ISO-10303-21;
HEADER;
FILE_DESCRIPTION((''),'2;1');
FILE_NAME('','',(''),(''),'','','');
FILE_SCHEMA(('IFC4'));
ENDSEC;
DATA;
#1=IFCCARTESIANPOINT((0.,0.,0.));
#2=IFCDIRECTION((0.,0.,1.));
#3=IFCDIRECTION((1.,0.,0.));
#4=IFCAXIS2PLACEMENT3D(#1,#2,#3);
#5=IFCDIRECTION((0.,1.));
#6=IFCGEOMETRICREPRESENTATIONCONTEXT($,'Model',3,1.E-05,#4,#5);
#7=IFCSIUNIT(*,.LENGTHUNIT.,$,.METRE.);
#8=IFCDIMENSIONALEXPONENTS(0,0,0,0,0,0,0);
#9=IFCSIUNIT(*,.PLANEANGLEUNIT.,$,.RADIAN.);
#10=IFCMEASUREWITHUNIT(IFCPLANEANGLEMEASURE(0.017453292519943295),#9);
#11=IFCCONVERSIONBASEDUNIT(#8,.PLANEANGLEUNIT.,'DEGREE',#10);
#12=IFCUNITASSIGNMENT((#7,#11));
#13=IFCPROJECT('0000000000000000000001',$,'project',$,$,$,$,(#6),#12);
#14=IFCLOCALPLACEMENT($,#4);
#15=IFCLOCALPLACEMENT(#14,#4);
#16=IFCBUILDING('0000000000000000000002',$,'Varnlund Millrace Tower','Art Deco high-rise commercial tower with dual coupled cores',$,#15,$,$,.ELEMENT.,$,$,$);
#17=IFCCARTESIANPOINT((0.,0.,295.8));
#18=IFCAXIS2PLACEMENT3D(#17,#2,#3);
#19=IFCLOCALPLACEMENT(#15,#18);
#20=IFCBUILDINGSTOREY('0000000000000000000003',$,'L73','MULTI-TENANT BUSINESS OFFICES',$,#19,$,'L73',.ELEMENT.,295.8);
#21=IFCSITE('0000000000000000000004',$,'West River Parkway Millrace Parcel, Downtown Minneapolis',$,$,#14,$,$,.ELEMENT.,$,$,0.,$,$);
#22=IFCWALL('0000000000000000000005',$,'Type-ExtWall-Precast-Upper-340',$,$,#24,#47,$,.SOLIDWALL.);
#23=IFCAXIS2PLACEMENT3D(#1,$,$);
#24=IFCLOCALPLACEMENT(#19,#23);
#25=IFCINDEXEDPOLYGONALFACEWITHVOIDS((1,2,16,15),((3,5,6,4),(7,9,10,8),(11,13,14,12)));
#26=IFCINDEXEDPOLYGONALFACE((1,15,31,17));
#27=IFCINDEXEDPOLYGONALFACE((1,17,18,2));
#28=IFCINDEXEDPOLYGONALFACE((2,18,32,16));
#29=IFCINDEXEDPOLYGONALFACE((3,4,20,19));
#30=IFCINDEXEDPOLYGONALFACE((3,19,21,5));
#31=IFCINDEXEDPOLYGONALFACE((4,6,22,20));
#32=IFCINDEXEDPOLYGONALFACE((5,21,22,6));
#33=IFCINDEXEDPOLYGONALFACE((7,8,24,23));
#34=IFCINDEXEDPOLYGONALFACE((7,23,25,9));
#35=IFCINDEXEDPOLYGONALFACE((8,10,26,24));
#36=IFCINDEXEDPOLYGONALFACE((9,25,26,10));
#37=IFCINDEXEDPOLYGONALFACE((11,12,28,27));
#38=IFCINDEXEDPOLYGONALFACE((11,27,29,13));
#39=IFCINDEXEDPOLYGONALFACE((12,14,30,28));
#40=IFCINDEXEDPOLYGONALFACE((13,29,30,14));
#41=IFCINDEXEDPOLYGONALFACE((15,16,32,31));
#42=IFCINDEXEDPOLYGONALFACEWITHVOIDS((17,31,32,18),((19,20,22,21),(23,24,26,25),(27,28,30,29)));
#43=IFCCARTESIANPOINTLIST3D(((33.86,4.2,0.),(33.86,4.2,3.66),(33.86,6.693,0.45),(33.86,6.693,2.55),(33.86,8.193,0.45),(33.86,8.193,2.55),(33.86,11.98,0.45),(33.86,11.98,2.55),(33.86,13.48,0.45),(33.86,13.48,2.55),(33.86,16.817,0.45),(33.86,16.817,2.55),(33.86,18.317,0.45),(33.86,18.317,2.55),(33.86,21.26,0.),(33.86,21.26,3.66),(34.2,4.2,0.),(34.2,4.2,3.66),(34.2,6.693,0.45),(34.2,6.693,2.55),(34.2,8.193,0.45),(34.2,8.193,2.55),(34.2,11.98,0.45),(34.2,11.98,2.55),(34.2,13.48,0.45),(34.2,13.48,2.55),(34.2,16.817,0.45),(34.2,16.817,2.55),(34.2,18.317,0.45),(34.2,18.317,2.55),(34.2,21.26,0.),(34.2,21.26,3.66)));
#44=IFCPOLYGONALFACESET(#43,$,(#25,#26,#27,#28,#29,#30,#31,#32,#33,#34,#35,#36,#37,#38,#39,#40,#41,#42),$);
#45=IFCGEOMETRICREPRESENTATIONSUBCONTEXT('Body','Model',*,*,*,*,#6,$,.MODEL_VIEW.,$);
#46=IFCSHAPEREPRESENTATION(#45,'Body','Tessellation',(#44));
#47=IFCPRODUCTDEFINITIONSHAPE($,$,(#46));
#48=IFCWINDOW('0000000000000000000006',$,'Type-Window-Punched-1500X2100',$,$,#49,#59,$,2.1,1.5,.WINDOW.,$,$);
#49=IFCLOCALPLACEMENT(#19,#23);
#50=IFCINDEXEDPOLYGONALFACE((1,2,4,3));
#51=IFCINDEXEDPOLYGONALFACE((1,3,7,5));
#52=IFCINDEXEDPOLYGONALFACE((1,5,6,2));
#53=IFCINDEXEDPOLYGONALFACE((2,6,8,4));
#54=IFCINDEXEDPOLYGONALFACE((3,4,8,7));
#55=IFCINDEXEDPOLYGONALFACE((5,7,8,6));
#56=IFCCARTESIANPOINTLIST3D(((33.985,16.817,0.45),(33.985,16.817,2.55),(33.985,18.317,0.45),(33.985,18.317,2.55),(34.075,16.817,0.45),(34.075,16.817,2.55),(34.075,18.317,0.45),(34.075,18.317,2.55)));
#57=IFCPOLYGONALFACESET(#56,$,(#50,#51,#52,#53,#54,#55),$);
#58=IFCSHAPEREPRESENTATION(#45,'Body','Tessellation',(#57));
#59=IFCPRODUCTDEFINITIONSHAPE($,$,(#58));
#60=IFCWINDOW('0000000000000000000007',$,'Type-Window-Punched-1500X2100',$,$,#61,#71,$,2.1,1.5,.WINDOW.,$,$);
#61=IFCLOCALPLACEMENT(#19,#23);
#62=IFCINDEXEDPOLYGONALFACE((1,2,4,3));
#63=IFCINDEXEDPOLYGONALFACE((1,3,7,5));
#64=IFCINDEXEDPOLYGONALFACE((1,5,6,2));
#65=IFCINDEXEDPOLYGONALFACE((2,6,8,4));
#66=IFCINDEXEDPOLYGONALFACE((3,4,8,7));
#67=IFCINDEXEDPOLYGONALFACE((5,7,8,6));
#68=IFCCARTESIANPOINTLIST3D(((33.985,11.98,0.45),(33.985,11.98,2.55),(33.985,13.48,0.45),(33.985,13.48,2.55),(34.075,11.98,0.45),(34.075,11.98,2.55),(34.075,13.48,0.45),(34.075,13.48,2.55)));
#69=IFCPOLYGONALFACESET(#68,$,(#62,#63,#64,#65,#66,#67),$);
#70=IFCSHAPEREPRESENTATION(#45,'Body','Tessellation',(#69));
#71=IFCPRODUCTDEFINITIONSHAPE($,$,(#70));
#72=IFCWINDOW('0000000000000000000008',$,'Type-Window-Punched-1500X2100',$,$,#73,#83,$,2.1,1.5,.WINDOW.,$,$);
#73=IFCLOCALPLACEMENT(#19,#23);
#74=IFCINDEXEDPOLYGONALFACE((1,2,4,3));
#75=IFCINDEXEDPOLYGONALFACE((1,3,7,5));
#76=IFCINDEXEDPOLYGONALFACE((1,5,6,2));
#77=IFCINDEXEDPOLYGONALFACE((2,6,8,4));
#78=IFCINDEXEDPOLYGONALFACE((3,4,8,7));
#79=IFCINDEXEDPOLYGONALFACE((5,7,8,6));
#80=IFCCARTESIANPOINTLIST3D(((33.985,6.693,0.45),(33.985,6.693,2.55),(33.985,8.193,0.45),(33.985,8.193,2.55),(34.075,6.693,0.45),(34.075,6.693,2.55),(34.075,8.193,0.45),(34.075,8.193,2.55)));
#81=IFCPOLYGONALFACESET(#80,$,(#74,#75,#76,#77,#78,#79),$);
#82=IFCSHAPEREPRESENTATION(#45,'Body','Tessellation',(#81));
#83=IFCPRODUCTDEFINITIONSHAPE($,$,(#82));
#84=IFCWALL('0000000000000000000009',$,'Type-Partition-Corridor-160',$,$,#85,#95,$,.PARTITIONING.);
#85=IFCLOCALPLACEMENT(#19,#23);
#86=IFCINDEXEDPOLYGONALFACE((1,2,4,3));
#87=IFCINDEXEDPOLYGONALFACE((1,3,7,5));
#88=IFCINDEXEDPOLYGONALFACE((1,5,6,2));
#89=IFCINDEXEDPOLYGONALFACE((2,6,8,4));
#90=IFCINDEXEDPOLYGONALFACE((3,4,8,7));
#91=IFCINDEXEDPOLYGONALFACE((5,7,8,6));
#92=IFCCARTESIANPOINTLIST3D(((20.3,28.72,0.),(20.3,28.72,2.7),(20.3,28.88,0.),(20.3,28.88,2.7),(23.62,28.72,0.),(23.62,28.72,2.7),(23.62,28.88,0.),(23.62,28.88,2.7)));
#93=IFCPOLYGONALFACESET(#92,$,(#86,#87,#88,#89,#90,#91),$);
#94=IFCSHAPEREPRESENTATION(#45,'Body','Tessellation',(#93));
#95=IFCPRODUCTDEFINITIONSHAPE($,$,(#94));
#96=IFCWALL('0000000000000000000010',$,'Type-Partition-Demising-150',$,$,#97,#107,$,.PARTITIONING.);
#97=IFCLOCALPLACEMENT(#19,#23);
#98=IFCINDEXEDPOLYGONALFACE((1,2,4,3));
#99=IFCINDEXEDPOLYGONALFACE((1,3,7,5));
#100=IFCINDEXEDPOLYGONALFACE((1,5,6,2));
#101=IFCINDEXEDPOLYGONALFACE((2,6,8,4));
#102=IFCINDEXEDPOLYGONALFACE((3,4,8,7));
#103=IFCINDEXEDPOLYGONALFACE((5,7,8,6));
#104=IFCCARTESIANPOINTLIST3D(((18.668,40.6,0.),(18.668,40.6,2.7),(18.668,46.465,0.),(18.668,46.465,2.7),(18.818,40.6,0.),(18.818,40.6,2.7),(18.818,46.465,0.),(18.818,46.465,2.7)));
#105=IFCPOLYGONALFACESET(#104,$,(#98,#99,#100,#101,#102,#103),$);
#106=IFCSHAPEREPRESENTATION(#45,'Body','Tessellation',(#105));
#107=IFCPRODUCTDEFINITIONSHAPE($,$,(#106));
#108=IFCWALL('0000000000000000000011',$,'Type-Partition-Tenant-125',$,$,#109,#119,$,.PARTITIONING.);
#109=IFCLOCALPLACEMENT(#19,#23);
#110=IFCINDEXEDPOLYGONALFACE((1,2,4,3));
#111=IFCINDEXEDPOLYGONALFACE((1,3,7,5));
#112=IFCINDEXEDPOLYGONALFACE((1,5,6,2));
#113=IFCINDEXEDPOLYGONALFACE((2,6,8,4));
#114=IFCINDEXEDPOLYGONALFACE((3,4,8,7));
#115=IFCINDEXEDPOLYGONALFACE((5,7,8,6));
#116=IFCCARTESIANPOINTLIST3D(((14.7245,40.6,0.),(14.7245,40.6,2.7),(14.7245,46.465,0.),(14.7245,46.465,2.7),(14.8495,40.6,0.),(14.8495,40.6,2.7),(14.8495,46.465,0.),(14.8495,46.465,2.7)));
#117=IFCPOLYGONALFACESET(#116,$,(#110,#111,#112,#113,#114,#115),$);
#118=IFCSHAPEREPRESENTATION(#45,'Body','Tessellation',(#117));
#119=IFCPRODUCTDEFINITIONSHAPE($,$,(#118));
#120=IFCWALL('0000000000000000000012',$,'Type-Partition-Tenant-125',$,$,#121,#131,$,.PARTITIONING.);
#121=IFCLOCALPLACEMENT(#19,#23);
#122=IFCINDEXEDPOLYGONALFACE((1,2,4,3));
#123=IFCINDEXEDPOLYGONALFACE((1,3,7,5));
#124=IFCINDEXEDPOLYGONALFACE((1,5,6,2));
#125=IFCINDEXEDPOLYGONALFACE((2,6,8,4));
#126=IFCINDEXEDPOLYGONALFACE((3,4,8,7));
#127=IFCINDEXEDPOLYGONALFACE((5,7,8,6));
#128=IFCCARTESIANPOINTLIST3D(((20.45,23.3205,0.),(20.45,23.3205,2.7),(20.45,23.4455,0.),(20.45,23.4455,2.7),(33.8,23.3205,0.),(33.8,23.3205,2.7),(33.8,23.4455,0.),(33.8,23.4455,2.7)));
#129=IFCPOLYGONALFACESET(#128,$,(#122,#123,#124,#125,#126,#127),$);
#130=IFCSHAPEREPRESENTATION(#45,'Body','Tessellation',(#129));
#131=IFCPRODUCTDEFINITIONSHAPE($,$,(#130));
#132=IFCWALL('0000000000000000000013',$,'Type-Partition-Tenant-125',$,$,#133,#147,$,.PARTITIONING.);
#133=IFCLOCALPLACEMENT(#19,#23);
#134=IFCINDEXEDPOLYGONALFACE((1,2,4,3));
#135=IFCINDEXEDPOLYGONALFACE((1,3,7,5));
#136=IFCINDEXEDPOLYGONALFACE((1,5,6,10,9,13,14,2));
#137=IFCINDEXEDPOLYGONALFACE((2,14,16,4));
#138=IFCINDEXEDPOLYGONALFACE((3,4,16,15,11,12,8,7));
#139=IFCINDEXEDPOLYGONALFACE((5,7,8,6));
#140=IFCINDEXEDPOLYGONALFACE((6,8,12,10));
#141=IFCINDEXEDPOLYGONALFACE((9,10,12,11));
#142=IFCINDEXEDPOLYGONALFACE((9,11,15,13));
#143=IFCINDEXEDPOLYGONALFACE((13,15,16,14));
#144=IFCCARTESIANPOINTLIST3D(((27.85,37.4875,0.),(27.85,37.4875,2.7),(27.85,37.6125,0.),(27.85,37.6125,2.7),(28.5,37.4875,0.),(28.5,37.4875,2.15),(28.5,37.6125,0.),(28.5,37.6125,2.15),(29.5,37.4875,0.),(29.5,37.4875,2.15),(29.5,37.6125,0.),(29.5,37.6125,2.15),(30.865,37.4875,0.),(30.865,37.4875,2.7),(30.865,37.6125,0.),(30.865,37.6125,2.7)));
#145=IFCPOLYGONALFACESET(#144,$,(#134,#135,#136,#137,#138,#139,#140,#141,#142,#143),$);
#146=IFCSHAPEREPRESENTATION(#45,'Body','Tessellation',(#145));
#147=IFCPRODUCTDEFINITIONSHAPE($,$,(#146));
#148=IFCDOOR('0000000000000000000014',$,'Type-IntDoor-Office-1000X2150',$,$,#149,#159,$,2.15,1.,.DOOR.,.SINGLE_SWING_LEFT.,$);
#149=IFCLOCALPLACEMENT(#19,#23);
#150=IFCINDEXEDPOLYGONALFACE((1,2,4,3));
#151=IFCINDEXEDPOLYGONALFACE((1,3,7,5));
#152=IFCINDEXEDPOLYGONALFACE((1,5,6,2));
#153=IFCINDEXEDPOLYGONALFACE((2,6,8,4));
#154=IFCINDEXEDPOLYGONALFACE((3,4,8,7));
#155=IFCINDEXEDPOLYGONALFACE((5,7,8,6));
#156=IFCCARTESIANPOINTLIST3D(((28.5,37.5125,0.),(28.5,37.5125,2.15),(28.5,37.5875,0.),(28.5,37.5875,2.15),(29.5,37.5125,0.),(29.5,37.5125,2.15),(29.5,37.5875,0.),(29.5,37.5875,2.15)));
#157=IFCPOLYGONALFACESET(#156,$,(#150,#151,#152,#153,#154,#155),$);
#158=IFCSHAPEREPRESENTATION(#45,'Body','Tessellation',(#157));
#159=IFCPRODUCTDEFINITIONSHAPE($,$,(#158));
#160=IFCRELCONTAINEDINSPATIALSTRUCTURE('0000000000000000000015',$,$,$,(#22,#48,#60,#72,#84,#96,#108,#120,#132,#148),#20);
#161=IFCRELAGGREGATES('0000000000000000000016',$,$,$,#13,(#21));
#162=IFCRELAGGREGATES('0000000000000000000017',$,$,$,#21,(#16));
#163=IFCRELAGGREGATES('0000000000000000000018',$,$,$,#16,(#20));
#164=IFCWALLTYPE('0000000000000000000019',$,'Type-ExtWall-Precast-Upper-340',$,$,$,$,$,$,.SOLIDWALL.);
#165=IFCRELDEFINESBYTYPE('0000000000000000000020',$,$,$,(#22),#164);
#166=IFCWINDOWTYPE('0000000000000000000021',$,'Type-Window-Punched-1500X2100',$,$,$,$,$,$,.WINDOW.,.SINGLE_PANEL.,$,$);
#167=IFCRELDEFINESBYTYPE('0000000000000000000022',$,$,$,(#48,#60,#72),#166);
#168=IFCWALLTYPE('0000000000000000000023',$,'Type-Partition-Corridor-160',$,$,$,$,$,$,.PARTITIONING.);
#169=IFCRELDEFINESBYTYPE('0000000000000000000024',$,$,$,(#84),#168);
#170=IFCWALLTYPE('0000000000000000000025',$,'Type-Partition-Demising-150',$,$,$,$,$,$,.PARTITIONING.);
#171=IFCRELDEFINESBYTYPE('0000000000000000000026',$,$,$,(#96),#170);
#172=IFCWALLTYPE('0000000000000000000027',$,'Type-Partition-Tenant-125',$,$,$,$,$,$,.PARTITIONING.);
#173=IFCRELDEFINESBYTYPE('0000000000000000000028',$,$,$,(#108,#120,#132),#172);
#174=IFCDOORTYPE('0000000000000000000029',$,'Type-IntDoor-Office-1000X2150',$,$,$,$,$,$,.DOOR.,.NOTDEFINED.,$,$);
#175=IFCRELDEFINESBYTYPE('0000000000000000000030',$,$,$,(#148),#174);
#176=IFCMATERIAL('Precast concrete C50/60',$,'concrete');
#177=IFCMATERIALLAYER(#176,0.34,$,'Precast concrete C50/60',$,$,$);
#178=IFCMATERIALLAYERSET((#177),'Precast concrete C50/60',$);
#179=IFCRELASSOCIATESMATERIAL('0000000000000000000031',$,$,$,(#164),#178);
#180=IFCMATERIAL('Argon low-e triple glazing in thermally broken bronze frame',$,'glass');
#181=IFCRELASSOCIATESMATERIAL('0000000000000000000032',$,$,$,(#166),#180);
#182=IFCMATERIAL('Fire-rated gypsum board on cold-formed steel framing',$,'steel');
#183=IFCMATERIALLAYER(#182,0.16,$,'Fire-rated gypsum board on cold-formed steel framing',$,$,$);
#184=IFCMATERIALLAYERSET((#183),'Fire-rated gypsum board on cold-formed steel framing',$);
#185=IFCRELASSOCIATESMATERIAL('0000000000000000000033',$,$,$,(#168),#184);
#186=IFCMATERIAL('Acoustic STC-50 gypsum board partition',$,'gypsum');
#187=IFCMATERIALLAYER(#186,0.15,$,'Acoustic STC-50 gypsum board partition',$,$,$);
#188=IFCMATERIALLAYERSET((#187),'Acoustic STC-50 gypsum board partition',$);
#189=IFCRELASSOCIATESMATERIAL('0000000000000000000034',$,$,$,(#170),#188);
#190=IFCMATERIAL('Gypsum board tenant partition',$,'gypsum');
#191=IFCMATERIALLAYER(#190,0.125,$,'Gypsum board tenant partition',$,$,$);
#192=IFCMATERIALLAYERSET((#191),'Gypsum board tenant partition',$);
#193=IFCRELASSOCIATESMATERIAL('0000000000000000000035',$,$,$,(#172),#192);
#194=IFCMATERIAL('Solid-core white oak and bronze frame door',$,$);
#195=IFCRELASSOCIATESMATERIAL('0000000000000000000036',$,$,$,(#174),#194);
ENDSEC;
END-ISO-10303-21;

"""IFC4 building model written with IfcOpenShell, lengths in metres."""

from ifc_helpers import new_model, entity, si_unit, converted_unit, direction, frame, origin_with_axes, origin_2d_with_axis, place, context, subcontext, project, spatial, polyline, rectangle, outline, extrude, material, layer, layer_set, type_object, element, fill, save


model = new_model("IFC4")

# Units and contexts
model_context = context("Model", 3, precision=1e-05, world=origin_with_axes(), true_north=direction((0.0, 1.0)))
body_context = subcontext(model_context, "Body", "Model", "MODEL_VIEW")
ifc_project = project(units=[si_unit("LENGTHUNIT", "METRE"), converted_unit("PLANEANGLEUNIT", "DEGREE", entity("IfcPlaneAngleMeasure", 0.017453292519943295), si_unit("PLANEANGLEUNIT", "RADIAN"), dimensions=[0, 0, 0, 0, 0, 0, 0])], contexts=[model_context])

# Site, building, storey
site_placement = place(None, origin_with_axes())
site = spatial("IfcSite", under=ifc_project, at=site_placement, Name="West River Parkway Millrace Parcel, Downtown Minneapolis", CompositionType="ELEMENT", RefElevation=0.0)
building_placement = place(site_placement, origin_with_axes())
building = spatial("IfcBuilding", under=site, at=building_placement, Name="Varnlund Millrace Tower", Description="Art Deco high-rise commercial tower with dual coupled cores", CompositionType="ELEMENT")
storey_placement = place(building_placement, frame((0.0, 0.0, 295.8), z_axis=(0.0, 0.0, 1.0), x_axis=(1.0, 0.0, 0.0)))
storey = spatial("IfcBuildingStorey", under=building, at=storey_placement, Name="L73", Description="MULTI-TENANT BUSINESS OFFICES", LongName="L73", CompositionType="ELEMENT", Elevation=295.8)

# Shared definitions
ifc_material_1 = material(Name="Precast concrete C50/60", Category="concrete")
ifc_layer_1 = layer(ifc_material_1, 0.34, Name="Precast concrete C50/60")
ifc_layer_set_1 = layer_set([ifc_layer_1], Name="Precast concrete C50/60")
wall_type_1 = type_object("IfcWallType", Name="Type-ExtWall-Precast-Upper-340", PredefinedType="SOLIDWALL", material=ifc_layer_set_1)

# Shared definitions
ifc_material_2 = material(Name="Argon low-e triple glazing in thermally broken bronze frame", Category="glass")
window_type = type_object("IfcWindowType", Name="Type-Window-Punched-1500X2100", PartitioningType="SINGLE_PANEL", PredefinedType="WINDOW", material=ifc_material_2)

# Wall, openings, windows
wall_1_placement = place(storey_placement, frame((34.03, 21.26, 0.0), z_axis=(0.0, 0.0, 1.0), x_axis=(0.0, -1.0, 0.0)))
wall_1 = element("IfcWall", 1, at=wall_1_placement, inside=storey, type_object=wall_type_1, Name="Type-ExtWall-Precast-Upper-340", PredefinedType="SOLIDWALL", context=body_context, shape_type="SweptSolid", body=[
    extrude(outline(polyline([(0.0, -0.17), (17.06, -0.17), (17.06, 0.17), (0.0, 0.17), (0.0, -0.17)])), origin_with_axes(), (0.0, 0.0, 1.0), 3.66),
])
opening_1_placement = place(wall_1_placement, frame((3.693, 0.0, 0.45), z_axis=(0.0, 0.0, 1.0), x_axis=(1.0, 0.0, 0.0)))
opening_1 = element("IfcOpeningElement", 2, at=opening_1_placement, cuts=wall_1, PredefinedType="OPENING", context=body_context, shape_type="SweptSolid", body=[
    extrude(rectangle(XDim=1.5, YDim=0.36, at=origin_2d_with_axis()), origin_with_axes(), (0.0, 0.0, 1.0), 2.1),
])
opening_2_placement = place(wall_1_placement, frame((8.53, 0.0, 0.45), z_axis=(0.0, 0.0, 1.0), x_axis=(1.0, 0.0, 0.0)))
opening_2 = element("IfcOpeningElement", 3, at=opening_2_placement, cuts=wall_1, PredefinedType="OPENING", context=body_context, shape_type="SweptSolid", body=[
    extrude(rectangle(XDim=1.5, YDim=0.36, at=origin_2d_with_axis()), origin_with_axes(), (0.0, 0.0, 1.0), 2.1),
])
opening_3_placement = place(wall_1_placement, frame((13.817, 0.0, 0.45), z_axis=(0.0, 0.0, 1.0), x_axis=(1.0, 0.0, 0.0)))
opening_3 = element("IfcOpeningElement", 4, at=opening_3_placement, cuts=wall_1, PredefinedType="OPENING", context=body_context, shape_type="SweptSolid", body=[
    extrude(rectangle(XDim=1.5, YDim=0.36, at=origin_2d_with_axis()), origin_with_axes(), (0.0, 0.0, 1.0), 2.1),
])
window_1_placement = place(wall_1_placement, frame((3.693, 0.0, 0.45), z_axis=(0.0, 0.0, 1.0), x_axis=(1.0, 0.0, 0.0)))
window_1 = element("IfcWindow", 5, at=window_1_placement, inside=storey, type_object=window_type, Name="Type-Window-Punched-1500X2100", OverallHeight=2.1, OverallWidth=1.5, PredefinedType="WINDOW", context=body_context, shape_type="SweptSolid", body=[
    extrude(rectangle(XDim=1.5, YDim=0.09, at=origin_2d_with_axis()), origin_with_axes(), (0.0, 0.0, 1.0), 2.1),
])
fill(opening_1, window_1)
window_2_placement = place(wall_1_placement, frame((8.53, 0.0, 0.45), z_axis=(0.0, 0.0, 1.0), x_axis=(1.0, 0.0, 0.0)))
window_2 = element("IfcWindow", 6, at=window_2_placement, inside=storey, type_object=window_type, Name="Type-Window-Punched-1500X2100", OverallHeight=2.1, OverallWidth=1.5, PredefinedType="WINDOW", context=body_context, shape_type="SweptSolid", body=[
    extrude(rectangle(XDim=1.5, YDim=0.09, at=origin_2d_with_axis()), origin_with_axes(), (0.0, 0.0, 1.0), 2.1),
])
fill(opening_2, window_2)
window_3_placement = place(wall_1_placement, frame((13.817, 0.0, 0.45), z_axis=(0.0, 0.0, 1.0), x_axis=(1.0, 0.0, 0.0)))
window_3 = element("IfcWindow", 7, at=window_3_placement, inside=storey, type_object=window_type, Name="Type-Window-Punched-1500X2100", OverallHeight=2.1, OverallWidth=1.5, PredefinedType="WINDOW", context=body_context, shape_type="SweptSolid", body=[
    extrude(rectangle(XDim=1.5, YDim=0.09, at=origin_2d_with_axis()), origin_with_axes(), (0.0, 0.0, 1.0), 2.1),
])
fill(opening_3, window_3)

# Walls
ifc_material_3 = material(Name="Fire-rated gypsum board on cold-formed steel framing", Category="steel")
ifc_layer_2 = layer(ifc_material_3, 0.16, Name="Fire-rated gypsum board on cold-formed steel framing")
ifc_layer_set_2 = layer_set([ifc_layer_2], Name="Fire-rated gypsum board on cold-formed steel framing")
wall_type_2 = type_object("IfcWallType", Name="Type-Partition-Corridor-160", PredefinedType="PARTITIONING", material=ifc_layer_set_2)
wall_2_placement = place(storey_placement, frame((20.3, 28.8, 0.0), z_axis=(0.0, 0.0, 1.0), x_axis=(1.0, 0.0, 0.0)))
element("IfcWall", 8, at=wall_2_placement, inside=storey, type_object=wall_type_2, Name="Type-Partition-Corridor-160", PredefinedType="PARTITIONING", context=body_context, shape_type="SweptSolid", body=[
    extrude(outline(polyline([(0.0, -0.08), (3.32, -0.08), (3.32, 0.08), (0.0, 0.08), (0.0, -0.08)])), origin_with_axes(), (0.0, 0.0, 1.0), 2.7),
])
ifc_material_4 = material(Name="Acoustic STC-50 gypsum board partition", Category="gypsum")
ifc_layer_3 = layer(ifc_material_4, 0.15, Name="Acoustic STC-50 gypsum board partition")
ifc_layer_set_3 = layer_set([ifc_layer_3], Name="Acoustic STC-50 gypsum board partition")
wall_type_3 = type_object("IfcWallType", Name="Type-Partition-Demising-150", PredefinedType="PARTITIONING", material=ifc_layer_set_3)
wall_3_placement = place(storey_placement, frame((18.743, 40.6, 0.0), z_axis=(0.0, 0.0, 1.0), x_axis=(0.0, 1.0, 0.0)))
element("IfcWall", 9, at=wall_3_placement, inside=storey, type_object=wall_type_3, Name="Type-Partition-Demising-150", PredefinedType="PARTITIONING", context=body_context, shape_type="SweptSolid", body=[
    extrude(outline(polyline([(0.0, -0.075), (5.865, -0.075), (5.865, 0.075), (0.0, 0.075), (0.0, -0.075)])), origin_with_axes(), (0.0, 0.0, 1.0), 2.7),
])
ifc_material_5 = material(Name="Gypsum board tenant partition", Category="gypsum")
ifc_layer_4 = layer(ifc_material_5, 0.125, Name="Gypsum board tenant partition")
ifc_layer_set_4 = layer_set([ifc_layer_4], Name="Gypsum board tenant partition")
wall_type_4 = type_object("IfcWallType", Name="Type-Partition-Tenant-125", PredefinedType="PARTITIONING", material=ifc_layer_set_4)
wall_4_placement = place(storey_placement, frame((14.787, 40.6, 0.0), z_axis=(0.0, 0.0, 1.0), x_axis=(0.0, 1.0, 0.0)))
element("IfcWall", 10, at=wall_4_placement, inside=storey, type_object=wall_type_4, Name="Type-Partition-Tenant-125", PredefinedType="PARTITIONING", context=body_context, shape_type="SweptSolid", body=[
    extrude(outline(polyline([(0.0, -0.0625), (5.865, -0.0625), (5.865, 0.0625), (0.0, 0.0625), (0.0, -0.0625)])), origin_with_axes(), (0.0, 0.0, 1.0), 2.7),
])
wall_5_placement = place(storey_placement, frame((20.45, 23.383, 0.0), z_axis=(0.0, 0.0, 1.0), x_axis=(1.0, 0.0, 0.0)))
element("IfcWall", 11, at=wall_5_placement, inside=storey, type_object=wall_type_4, Name="Type-Partition-Tenant-125", PredefinedType="PARTITIONING", context=body_context, shape_type="SweptSolid", body=[
    extrude(outline(polyline([(0.0, -0.0625), (13.35, -0.0625), (13.35, 0.0625), (0.0, 0.0625), (0.0, -0.0625)])), origin_with_axes(), (0.0, 0.0, 1.0), 2.7),
])

# Wall, opening, door
wall_6_placement = place(storey_placement, frame((27.85, 37.55, 0.0), z_axis=(0.0, 0.0, 1.0), x_axis=(1.0, 0.0, 0.0)))
wall_6 = element("IfcWall", 12, at=wall_6_placement, inside=storey, type_object=wall_type_4, Name="Type-Partition-Tenant-125", PredefinedType="PARTITIONING", context=body_context, shape_type="SweptSolid", body=[
    extrude(outline(polyline([(0.0, -0.0625), (3.015, -0.0625), (3.015, 0.0625), (0.0, 0.0625), (0.0, -0.0625)])), origin_with_axes(), (0.0, 0.0, 1.0), 2.7),
])
opening_4_placement = place(wall_6_placement, frame((1.15, 0.0, 0.0), z_axis=(0.0, 0.0, 1.0), x_axis=(1.0, 0.0, 0.0)))
opening_4 = element("IfcOpeningElement", 13, at=opening_4_placement, cuts=wall_6, PredefinedType="OPENING", context=body_context, shape_type="SweptSolid", body=[
    extrude(rectangle(XDim=1.0, YDim=0.145, at=origin_2d_with_axis()), origin_with_axes(), (0.0, 0.0, 1.0), 2.15),
])
ifc_material_6 = material(Name="Solid-core white oak and bronze frame door")
door_type = type_object("IfcDoorType", Name="Type-IntDoor-Office-1000X2150", OperationType="NOTDEFINED", PredefinedType="DOOR", material=ifc_material_6)
door_placement = place(wall_6_placement, frame((1.15, 0.0, 0.0), z_axis=(0.0, 0.0, 1.0), x_axis=(1.0, 0.0, 0.0)))
door = element("IfcDoor", 14, at=door_placement, inside=storey, type_object=door_type, Name="Type-IntDoor-Office-1000X2150", OperationType="SINGLE_SWING_LEFT", OverallHeight=2.15, OverallWidth=1.0, PredefinedType="DOOR", context=body_context, shape_type="SweptSolid", body=[
    extrude(rectangle(XDim=1.0, YDim=0.075, at=origin_2d_with_axis()), origin_with_axes(), (0.0, 0.0, 1.0), 2.15),
])
fill(opening_4, door)

save(model, "model.ifc")
